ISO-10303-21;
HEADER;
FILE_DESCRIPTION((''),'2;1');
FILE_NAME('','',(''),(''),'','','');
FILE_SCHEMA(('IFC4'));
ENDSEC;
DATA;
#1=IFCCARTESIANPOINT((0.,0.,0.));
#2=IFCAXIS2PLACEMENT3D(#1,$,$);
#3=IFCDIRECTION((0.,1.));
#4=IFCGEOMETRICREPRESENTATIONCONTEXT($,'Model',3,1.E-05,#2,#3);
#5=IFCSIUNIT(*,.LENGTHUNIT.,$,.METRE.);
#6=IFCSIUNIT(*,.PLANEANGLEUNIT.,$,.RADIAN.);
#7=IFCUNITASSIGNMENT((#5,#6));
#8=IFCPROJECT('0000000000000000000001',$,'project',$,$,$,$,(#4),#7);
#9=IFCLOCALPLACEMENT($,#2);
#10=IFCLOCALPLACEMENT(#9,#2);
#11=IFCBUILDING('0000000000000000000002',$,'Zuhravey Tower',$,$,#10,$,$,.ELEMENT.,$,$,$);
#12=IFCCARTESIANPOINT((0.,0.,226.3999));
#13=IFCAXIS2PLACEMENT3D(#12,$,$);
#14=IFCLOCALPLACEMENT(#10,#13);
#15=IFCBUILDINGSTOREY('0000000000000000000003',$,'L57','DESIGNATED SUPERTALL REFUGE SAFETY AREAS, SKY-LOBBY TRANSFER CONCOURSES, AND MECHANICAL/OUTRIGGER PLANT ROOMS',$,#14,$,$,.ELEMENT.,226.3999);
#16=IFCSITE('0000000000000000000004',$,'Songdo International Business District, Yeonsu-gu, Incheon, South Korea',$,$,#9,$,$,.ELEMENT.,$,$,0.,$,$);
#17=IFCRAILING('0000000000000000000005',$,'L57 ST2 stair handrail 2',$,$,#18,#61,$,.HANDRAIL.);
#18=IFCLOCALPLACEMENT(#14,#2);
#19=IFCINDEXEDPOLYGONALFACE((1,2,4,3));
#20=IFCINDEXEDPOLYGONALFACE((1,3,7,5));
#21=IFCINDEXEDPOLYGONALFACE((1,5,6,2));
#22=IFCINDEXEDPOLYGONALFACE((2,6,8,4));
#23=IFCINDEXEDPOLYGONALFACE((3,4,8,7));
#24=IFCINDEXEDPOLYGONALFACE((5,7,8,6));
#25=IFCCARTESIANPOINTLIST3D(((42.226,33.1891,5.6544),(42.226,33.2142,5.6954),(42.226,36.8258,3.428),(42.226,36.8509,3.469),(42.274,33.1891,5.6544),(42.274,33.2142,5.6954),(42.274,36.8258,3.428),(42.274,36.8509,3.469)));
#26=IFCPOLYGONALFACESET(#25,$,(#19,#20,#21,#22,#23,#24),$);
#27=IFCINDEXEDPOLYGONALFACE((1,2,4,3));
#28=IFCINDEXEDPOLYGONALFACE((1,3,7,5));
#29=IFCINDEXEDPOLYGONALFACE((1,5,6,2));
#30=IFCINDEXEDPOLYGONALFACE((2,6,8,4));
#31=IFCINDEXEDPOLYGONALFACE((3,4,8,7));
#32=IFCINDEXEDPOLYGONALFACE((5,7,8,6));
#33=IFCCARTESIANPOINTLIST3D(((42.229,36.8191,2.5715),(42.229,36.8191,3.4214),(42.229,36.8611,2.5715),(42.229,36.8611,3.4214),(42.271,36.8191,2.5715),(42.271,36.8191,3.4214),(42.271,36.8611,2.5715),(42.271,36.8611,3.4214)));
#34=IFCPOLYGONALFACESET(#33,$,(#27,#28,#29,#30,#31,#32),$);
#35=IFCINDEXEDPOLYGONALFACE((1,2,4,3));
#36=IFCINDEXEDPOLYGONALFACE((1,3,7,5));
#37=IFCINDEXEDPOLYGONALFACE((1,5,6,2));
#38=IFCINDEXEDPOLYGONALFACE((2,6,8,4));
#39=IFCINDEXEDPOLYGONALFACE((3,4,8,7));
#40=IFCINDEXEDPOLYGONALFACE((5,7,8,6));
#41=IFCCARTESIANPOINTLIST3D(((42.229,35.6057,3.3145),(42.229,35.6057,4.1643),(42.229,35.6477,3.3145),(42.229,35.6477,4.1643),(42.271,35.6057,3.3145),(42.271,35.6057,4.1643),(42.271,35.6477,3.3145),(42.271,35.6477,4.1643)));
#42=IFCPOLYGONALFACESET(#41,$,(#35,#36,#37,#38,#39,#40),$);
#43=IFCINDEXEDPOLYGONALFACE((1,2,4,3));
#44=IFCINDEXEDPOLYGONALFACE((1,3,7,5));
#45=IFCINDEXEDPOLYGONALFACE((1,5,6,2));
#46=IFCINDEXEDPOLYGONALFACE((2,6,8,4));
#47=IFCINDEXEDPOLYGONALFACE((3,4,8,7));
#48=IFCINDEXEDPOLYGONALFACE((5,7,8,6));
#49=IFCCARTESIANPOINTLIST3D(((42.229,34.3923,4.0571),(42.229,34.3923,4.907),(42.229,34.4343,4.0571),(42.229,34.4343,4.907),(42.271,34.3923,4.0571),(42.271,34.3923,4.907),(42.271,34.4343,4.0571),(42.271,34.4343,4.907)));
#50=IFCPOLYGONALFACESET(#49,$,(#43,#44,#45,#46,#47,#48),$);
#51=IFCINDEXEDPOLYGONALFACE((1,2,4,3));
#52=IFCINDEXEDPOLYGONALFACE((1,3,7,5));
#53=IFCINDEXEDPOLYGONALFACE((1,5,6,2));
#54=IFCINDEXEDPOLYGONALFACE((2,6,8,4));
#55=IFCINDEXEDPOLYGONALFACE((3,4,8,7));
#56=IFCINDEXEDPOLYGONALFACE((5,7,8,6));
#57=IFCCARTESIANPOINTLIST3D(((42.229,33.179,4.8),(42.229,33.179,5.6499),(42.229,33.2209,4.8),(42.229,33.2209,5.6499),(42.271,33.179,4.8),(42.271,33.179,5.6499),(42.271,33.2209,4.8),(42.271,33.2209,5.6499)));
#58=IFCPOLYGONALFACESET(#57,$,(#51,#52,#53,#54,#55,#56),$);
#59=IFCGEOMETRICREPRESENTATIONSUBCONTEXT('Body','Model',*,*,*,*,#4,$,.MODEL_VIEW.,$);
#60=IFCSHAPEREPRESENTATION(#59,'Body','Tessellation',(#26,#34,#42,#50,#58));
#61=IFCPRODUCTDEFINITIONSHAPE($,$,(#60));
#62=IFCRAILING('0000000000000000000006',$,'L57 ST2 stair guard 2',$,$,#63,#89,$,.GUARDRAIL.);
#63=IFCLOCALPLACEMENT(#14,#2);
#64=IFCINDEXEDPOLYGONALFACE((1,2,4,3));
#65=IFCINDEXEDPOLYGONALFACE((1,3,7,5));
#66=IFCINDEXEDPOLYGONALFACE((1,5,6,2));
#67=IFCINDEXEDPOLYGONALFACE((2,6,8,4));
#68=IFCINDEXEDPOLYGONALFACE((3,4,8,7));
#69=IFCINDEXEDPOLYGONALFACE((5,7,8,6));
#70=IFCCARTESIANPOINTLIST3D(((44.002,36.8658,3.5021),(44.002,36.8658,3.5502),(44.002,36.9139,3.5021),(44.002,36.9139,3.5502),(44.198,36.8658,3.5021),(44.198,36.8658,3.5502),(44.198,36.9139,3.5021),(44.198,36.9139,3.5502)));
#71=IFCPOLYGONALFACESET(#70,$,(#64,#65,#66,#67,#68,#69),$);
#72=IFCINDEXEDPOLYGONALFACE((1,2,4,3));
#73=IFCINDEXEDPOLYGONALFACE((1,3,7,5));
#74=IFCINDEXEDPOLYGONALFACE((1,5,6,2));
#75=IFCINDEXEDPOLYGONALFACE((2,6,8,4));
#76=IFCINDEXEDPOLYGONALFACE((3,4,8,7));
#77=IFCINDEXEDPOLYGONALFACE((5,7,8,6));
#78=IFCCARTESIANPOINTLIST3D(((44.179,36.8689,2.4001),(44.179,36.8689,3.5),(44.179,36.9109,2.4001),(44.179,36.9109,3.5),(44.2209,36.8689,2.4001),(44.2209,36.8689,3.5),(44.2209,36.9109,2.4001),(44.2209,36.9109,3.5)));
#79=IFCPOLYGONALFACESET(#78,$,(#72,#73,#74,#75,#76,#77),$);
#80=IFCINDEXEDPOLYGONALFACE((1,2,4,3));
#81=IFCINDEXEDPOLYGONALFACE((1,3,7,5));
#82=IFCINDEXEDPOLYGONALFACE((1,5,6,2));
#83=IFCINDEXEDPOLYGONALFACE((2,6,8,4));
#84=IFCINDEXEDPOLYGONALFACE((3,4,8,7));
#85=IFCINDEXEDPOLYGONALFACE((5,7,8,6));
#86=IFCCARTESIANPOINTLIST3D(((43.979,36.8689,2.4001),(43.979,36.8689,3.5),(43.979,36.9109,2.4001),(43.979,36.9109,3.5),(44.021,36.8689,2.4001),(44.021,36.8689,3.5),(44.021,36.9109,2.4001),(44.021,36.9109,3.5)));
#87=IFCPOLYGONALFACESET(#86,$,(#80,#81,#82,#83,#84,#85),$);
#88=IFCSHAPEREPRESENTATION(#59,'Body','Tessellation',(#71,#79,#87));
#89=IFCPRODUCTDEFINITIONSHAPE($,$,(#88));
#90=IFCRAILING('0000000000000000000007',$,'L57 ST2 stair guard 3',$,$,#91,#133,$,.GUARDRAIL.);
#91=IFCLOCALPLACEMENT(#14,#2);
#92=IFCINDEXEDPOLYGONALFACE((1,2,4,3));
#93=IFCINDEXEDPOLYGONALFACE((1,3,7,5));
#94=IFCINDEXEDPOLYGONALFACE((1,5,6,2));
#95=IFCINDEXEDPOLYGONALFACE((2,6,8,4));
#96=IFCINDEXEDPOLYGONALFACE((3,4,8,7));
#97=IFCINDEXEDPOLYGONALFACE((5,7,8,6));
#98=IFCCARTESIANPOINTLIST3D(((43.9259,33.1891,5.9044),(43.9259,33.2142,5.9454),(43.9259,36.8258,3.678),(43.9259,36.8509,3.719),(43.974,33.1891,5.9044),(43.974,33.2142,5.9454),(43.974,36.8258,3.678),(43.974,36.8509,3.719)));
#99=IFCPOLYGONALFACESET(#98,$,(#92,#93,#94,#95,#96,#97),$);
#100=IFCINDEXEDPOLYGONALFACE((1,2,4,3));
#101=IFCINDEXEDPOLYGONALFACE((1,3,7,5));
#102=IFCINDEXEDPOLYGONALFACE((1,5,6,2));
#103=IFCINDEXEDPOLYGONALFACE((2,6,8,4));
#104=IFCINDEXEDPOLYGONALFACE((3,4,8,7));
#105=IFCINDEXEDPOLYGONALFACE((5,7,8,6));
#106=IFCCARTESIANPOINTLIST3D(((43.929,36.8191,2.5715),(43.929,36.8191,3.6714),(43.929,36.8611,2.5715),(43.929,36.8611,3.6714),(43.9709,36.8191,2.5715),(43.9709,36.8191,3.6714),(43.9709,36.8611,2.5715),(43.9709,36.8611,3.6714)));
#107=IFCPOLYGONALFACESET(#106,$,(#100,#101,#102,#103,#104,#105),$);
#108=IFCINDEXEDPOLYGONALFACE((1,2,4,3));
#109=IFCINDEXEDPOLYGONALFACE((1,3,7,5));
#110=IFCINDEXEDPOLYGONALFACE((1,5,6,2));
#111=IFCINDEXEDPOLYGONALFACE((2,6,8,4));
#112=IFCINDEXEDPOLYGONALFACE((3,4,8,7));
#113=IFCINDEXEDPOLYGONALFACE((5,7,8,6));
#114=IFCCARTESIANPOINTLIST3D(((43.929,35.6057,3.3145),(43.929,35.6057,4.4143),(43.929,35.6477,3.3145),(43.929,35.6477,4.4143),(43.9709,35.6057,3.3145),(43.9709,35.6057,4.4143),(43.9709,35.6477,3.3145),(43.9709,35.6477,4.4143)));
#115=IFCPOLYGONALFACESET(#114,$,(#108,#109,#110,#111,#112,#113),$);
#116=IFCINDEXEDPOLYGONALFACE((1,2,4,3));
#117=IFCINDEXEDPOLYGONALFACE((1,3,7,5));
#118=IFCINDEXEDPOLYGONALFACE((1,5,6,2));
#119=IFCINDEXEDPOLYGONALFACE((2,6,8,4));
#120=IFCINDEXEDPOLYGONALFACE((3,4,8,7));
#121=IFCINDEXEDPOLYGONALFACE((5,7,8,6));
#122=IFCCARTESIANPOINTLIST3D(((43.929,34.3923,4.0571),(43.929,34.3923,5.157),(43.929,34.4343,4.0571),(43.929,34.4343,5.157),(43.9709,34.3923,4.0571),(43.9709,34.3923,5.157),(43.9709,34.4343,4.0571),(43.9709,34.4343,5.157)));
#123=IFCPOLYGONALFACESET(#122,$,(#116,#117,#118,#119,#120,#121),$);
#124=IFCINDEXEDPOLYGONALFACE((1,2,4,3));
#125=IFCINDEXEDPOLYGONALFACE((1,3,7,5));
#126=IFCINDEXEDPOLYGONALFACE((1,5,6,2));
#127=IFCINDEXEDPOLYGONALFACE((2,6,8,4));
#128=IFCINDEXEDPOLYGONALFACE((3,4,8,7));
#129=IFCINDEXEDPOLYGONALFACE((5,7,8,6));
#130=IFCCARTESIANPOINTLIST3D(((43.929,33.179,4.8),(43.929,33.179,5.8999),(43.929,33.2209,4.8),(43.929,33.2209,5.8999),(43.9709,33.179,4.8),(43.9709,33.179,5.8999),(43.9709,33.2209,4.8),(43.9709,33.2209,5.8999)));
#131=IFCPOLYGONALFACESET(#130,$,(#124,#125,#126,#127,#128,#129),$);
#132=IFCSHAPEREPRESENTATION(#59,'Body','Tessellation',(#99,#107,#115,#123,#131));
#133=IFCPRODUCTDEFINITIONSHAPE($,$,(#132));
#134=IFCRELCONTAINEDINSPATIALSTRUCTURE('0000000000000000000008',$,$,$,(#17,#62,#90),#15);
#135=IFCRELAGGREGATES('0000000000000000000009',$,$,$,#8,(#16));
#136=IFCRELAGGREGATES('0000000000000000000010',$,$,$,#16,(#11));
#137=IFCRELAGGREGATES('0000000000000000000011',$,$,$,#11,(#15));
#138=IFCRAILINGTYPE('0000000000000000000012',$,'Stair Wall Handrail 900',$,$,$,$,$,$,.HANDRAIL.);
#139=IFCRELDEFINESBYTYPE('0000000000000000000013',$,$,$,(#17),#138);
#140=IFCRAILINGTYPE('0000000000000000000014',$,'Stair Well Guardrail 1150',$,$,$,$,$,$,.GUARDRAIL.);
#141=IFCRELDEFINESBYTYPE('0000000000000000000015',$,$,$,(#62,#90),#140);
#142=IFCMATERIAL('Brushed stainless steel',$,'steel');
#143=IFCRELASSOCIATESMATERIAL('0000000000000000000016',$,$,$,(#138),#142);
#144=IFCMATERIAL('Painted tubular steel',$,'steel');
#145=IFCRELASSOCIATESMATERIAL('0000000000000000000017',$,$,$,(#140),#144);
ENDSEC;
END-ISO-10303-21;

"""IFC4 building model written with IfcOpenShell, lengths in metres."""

from ifc_helpers import new_model, si_unit, direction, frame, origin, origin_2d, place, context, subcontext, project, spatial, rectangle, extrude, material, type_object, element, save


model = new_model("IFC4")

# Units and contexts
model_context = context("Model", 3, precision=1e-05, world=origin(), true_north=direction((0.0, 1.0)))
body_context = subcontext(model_context, "Body", "Model", "MODEL_VIEW")
ifc_project = project(units=[si_unit("LENGTHUNIT", "METRE"), si_unit("PLANEANGLEUNIT", "RADIAN")], contexts=[model_context])

# Site, building, storey
site_placement = place(None, origin())
site = spatial("IfcSite", under=ifc_project, at=site_placement, Name="Songdo International Business District, Yeonsu-gu, Incheon, South Korea", CompositionType="ELEMENT", RefElevation=0.0)
building_placement = place(site_placement, origin())
building = spatial("IfcBuilding", under=site, at=building_placement, Name="Zuhravey Tower", CompositionType="ELEMENT")
storey_placement = place(building_placement, frame((0.0, 0.0, 226.3999)))
storey = spatial("IfcBuildingStorey", under=building, at=storey_placement, Name="L57", Description="DESIGNATED SUPERTALL REFUGE SAFETY AREAS, SKY-LOBBY TRANSFER CONCOURSES, AND MECHANICAL/OUTRIGGER PLANT ROOMS", CompositionType="ELEMENT", Elevation=226.3999)

# Railings
ifc_material_1 = material(Name="Brushed stainless steel", Category="steel")
railing_type_1 = type_object("IfcRailingType", Name="Stair Wall Handrail 900", PredefinedType="HANDRAIL", material=ifc_material_1)
railing_1_placement = place(storey_placement, frame((42.25, 36.8401, 2.5715)))
element("IfcRailing", 1, at=railing_1_placement, inside=storey, type_object=railing_type_1, Name="L57 ST2 stair handrail 2", PredefinedType="HANDRAIL", context=body_context, shape_type="SweptSolid", body=[
    extrude(rectangle(XDim=0.0481, YDim=0.0481, at=origin_2d()), frame((0.0, -0.0017, 0.877), z_axis=(0.0, -0.852866, 0.52213), x_axis=(1.0, 0.0, 0.0)), (0.0, 0.0, 1.0), 4.2642),
    extrude(rectangle(XDim=0.042, YDim=0.042, at=origin_2d()), origin(), (0.0, 0.0, 1.0), 0.8499),
    extrude(rectangle(XDim=0.042, YDim=0.042, at=origin_2d()), frame((0.0, -1.2134, 0.7429)), (0.0, 0.0, 1.0), 0.8499),
    extrude(rectangle(XDim=0.042, YDim=0.042, at=origin_2d()), frame((0.0, -2.4268, 1.4856)), (0.0, 0.0, 1.0), 0.8499),
    extrude(rectangle(XDim=0.042, YDim=0.042, at=origin_2d()), frame((0.0, -3.6401, 2.2285)), (0.0, 0.0, 1.0), 0.8499),
])
ifc_material_2 = material(Name="Painted tubular steel", Category="steel")
railing_type_2 = type_object("IfcRailingType", Name="Stair Well Guardrail 1150", PredefinedType="GUARDRAIL", material=ifc_material_2)
railing_2_placement = place(storey_placement, frame((44.2, 36.8899, 2.4001)))
element("IfcRailing", 2, at=railing_2_placement, inside=storey, type_object=railing_type_2, Name="L57 ST2 stair guard 2", PredefinedType="GUARDRAIL", context=body_context, shape_type="SweptSolid", body=[
    extrude(rectangle(XDim=0.0481, YDim=0.0481, at=origin_2d()), frame((-0.002, 0.0, 1.126), z_axis=(-1.0, 0.0, 0.0), x_axis=(0.0, -1.0, 0.0)), (0.0, 0.0, 1.0), 0.196),
    extrude(rectangle(XDim=0.042, YDim=0.042, at=origin_2d()), origin(), (0.0, 0.0, 1.0), 1.0999),
    extrude(rectangle(XDim=0.042, YDim=0.042, at=origin_2d()), frame((-0.2, 0.0, 0.0)), (0.0, 0.0, 1.0), 1.0999),
])
railing_3_placement = place(storey_placement, frame((43.95, 36.8401, 2.5715)))
element("IfcRailing", 3, at=railing_3_placement, inside=storey, type_object=railing_type_2, Name="L57 ST2 stair guard 3", PredefinedType="GUARDRAIL", context=body_context, shape_type="SweptSolid", body=[
    extrude(rectangle(XDim=0.0481, YDim=0.0481, at=origin_2d()), frame((0.0, -0.0017, 1.127), z_axis=(0.0, -0.852866, 0.52213), x_axis=(1.0, 0.0, 0.0)), (0.0, 0.0, 1.0), 4.2642),
    extrude(rectangle(XDim=0.042, YDim=0.042, at=origin_2d()), origin(), (0.0, 0.0, 1.0), 1.0999),
    extrude(rectangle(XDim=0.042, YDim=0.042, at=origin_2d()), frame((0.0, -1.2134, 0.7429)), (0.0, 0.0, 1.0), 1.0999),
    extrude(rectangle(XDim=0.042, YDim=0.042, at=origin_2d()), frame((0.0, -2.4268, 1.4856)), (0.0, 0.0, 1.0), 1.0999),
    extrude(rectangle(XDim=0.042, YDim=0.042, at=origin_2d()), frame((0.0, -3.6401, 2.2285)), (0.0, 0.0, 1.0), 1.0999),
])

save(model, "model.ifc")
